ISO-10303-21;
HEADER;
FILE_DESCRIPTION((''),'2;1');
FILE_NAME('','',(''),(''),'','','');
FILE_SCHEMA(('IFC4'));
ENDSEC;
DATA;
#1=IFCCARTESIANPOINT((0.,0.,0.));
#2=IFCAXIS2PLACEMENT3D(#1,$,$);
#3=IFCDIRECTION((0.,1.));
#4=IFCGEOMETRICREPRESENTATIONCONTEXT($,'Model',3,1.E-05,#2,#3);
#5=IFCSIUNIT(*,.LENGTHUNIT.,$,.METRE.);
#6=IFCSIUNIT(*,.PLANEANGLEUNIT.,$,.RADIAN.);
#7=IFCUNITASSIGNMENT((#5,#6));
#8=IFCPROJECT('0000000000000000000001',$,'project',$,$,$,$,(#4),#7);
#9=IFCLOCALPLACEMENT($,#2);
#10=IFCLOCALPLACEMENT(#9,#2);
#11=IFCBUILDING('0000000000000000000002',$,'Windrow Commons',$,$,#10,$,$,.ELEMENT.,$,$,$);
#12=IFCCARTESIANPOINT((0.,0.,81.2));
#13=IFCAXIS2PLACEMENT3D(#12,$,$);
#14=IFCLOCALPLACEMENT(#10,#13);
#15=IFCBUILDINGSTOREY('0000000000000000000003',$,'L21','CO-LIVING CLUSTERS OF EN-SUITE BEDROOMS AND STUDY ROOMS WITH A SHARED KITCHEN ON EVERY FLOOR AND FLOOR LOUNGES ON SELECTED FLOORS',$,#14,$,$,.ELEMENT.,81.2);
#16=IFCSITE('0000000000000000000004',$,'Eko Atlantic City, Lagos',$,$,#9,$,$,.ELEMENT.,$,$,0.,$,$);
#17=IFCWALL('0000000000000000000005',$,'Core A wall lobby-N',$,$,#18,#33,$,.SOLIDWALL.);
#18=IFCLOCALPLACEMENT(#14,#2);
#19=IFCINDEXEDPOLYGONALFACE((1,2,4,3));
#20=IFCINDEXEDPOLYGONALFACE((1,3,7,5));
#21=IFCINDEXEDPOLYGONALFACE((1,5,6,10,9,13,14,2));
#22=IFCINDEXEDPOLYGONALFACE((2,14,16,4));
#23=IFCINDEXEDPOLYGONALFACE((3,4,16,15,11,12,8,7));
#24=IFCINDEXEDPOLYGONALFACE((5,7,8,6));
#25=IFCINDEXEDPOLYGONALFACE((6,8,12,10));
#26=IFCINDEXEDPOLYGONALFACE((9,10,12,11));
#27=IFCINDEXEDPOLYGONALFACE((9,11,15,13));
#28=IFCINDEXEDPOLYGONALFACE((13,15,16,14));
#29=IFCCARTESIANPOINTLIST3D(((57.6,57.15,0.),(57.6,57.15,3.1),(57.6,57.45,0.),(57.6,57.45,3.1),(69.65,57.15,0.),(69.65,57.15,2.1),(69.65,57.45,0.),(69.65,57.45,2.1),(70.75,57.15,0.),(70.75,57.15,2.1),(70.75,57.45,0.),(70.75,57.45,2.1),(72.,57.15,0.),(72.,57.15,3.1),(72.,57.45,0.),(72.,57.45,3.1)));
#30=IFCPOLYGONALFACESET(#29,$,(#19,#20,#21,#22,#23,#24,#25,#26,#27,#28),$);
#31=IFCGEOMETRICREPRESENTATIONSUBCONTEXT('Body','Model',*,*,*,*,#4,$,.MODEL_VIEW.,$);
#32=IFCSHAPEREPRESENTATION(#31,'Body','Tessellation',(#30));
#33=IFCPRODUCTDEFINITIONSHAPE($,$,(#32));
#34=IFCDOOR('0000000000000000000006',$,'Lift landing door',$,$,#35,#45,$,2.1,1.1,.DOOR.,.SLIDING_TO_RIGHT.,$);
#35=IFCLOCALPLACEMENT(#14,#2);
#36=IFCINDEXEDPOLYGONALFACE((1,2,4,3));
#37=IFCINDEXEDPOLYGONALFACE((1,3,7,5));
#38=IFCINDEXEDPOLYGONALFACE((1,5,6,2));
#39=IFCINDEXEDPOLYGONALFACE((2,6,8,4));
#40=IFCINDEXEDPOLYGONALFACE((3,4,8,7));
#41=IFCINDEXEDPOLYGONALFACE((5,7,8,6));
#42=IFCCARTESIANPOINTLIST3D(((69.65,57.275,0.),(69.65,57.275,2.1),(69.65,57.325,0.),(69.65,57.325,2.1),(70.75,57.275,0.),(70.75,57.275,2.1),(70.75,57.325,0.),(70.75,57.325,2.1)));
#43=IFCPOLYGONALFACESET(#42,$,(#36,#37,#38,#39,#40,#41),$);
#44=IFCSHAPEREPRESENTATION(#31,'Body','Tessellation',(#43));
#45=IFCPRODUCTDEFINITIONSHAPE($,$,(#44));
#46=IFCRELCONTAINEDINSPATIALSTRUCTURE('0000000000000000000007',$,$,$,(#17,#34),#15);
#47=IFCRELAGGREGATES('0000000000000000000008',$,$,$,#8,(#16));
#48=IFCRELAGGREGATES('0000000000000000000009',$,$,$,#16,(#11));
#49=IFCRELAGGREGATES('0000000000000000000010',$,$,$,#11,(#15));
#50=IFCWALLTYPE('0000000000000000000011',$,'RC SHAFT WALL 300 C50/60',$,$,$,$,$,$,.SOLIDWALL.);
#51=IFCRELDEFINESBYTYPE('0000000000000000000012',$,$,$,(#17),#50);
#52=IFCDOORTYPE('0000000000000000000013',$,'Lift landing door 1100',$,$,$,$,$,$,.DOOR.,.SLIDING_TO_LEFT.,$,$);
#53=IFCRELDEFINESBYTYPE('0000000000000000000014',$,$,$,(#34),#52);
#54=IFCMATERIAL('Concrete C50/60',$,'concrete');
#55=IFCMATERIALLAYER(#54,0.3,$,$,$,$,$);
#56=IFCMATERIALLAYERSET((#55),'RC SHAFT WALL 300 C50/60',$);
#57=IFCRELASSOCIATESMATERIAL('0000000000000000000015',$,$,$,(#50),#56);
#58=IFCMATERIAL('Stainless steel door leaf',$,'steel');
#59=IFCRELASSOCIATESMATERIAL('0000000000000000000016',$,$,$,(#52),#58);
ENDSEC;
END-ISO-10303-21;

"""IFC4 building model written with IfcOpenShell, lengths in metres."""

from ifc_helpers import new_model, si_unit, direction, frame, frame_2d, origin, place, context, subcontext, project, spatial, rectangle, extrude, material, layer, layer_set, type_object, element, fill, save


model = new_model("IFC4")

# Units and contexts
model_context = context("Model", 3, precision=1e-05, world=origin(), true_north=direction((0.0, 1.0)))
body_context = subcontext(model_context, "Body", "Model", "MODEL_VIEW")
ifc_project = project(units=[si_unit("LENGTHUNIT", "METRE"), si_unit("PLANEANGLEUNIT", "RADIAN")], contexts=[model_context])

# Site, building, storey
site_placement = place(None, origin())
site = spatial("IfcSite", under=ifc_project, at=site_placement, Name="Eko Atlantic City, Lagos", CompositionType="ELEMENT", RefElevation=0.0)
building_placement = place(site_placement, origin())
building = spatial("IfcBuilding", under=site, at=building_placement, Name="Windrow Commons", CompositionType="ELEMENT")
storey_placement = place(building_placement, frame((0.0, 0.0, 81.2)))
storey = spatial("IfcBuildingStorey", under=building, at=storey_placement, Name="L21", Description="CO-LIVING CLUSTERS OF EN-SUITE BEDROOMS AND STUDY ROOMS WITH A SHARED KITCHEN ON EVERY FLOOR AND FLOOR LOUNGES ON SELECTED FLOORS", CompositionType="ELEMENT", Elevation=81.2)

# Shared definitions
ifc_material_1 = material(Name="Concrete C50/60", Category="concrete")
ifc_layer_1 = layer(ifc_material_1, 0.3)
ifc_layer_set_1 = layer_set([ifc_layer_1], Name="RC SHAFT WALL 300 C50/60")
wall_type_1 = type_object("IfcWallType", Name="RC SHAFT WALL 300 C50/60", PredefinedType="SOLIDWALL", material=ifc_layer_set_1)
ifc_material_2 = material(Name="Stainless steel door leaf", Category="steel")
door_type_1 = type_object("IfcDoorType", Name="Lift landing door 1100", OperationType="SLIDING_TO_LEFT", PredefinedType="DOOR", material=ifc_material_2)

# Wall, opening, door
wall_1_placement = place(storey_placement, frame((57.6, 57.3, 0.0), z_axis=(0.0, 0.0, 1.0), x_axis=(1.0, 0.0, 0.0)))
wall_1 = element("IfcWall", 1, at=wall_1_placement, inside=storey, type_object=wall_type_1, Name="Core A wall lobby-N", PredefinedType="SOLIDWALL", context=body_context, shape_type="SweptSolid", body=[
    extrude(rectangle(XDim=14.4, YDim=0.3, at=frame_2d((7.2, 0.0))), origin(), (0.0, 0.0, 1.0), 3.1),
])
opening_1_placement = place(wall_1_placement, frame((12.05, 0.0, 0.0)))
opening_1 = element("IfcOpeningElement", 2, at=opening_1_placement, cuts=wall_1, PredefinedType="OPENING", context=body_context, shape_type="SweptSolid", body=[
    extrude(rectangle(XDim=1.1, YDim=2.1, at=frame_2d((0.55, 1.05))), frame((0.0, 0.16, 0.0), z_axis=(0.0, -1.0, 0.0), x_axis=(1.0, 0.0, 0.0)), (0.0, 0.0, 1.0), 0.32),
])
door_1_placement = place(opening_1_placement, origin())
door_1 = element("IfcDoor", 3, at=door_1_placement, inside=storey, type_object=door_type_1, Name="Lift landing door", OperationType="SLIDING_TO_RIGHT", OverallHeight=2.1, OverallWidth=1.1, PredefinedType="DOOR", context=body_context, shape_type="SweptSolid", body=[
    extrude(rectangle(XDim=1.1, YDim=2.1, at=frame_2d((0.55, 1.05))), frame((0.0, 0.025, 0.0), z_axis=(0.0, -1.0, 0.0), x_axis=(1.0, 0.0, 0.0)), (0.0, 0.0, 1.0), 0.05),
])
fill(opening_1, door_1)

save(model, "model.ifc")
